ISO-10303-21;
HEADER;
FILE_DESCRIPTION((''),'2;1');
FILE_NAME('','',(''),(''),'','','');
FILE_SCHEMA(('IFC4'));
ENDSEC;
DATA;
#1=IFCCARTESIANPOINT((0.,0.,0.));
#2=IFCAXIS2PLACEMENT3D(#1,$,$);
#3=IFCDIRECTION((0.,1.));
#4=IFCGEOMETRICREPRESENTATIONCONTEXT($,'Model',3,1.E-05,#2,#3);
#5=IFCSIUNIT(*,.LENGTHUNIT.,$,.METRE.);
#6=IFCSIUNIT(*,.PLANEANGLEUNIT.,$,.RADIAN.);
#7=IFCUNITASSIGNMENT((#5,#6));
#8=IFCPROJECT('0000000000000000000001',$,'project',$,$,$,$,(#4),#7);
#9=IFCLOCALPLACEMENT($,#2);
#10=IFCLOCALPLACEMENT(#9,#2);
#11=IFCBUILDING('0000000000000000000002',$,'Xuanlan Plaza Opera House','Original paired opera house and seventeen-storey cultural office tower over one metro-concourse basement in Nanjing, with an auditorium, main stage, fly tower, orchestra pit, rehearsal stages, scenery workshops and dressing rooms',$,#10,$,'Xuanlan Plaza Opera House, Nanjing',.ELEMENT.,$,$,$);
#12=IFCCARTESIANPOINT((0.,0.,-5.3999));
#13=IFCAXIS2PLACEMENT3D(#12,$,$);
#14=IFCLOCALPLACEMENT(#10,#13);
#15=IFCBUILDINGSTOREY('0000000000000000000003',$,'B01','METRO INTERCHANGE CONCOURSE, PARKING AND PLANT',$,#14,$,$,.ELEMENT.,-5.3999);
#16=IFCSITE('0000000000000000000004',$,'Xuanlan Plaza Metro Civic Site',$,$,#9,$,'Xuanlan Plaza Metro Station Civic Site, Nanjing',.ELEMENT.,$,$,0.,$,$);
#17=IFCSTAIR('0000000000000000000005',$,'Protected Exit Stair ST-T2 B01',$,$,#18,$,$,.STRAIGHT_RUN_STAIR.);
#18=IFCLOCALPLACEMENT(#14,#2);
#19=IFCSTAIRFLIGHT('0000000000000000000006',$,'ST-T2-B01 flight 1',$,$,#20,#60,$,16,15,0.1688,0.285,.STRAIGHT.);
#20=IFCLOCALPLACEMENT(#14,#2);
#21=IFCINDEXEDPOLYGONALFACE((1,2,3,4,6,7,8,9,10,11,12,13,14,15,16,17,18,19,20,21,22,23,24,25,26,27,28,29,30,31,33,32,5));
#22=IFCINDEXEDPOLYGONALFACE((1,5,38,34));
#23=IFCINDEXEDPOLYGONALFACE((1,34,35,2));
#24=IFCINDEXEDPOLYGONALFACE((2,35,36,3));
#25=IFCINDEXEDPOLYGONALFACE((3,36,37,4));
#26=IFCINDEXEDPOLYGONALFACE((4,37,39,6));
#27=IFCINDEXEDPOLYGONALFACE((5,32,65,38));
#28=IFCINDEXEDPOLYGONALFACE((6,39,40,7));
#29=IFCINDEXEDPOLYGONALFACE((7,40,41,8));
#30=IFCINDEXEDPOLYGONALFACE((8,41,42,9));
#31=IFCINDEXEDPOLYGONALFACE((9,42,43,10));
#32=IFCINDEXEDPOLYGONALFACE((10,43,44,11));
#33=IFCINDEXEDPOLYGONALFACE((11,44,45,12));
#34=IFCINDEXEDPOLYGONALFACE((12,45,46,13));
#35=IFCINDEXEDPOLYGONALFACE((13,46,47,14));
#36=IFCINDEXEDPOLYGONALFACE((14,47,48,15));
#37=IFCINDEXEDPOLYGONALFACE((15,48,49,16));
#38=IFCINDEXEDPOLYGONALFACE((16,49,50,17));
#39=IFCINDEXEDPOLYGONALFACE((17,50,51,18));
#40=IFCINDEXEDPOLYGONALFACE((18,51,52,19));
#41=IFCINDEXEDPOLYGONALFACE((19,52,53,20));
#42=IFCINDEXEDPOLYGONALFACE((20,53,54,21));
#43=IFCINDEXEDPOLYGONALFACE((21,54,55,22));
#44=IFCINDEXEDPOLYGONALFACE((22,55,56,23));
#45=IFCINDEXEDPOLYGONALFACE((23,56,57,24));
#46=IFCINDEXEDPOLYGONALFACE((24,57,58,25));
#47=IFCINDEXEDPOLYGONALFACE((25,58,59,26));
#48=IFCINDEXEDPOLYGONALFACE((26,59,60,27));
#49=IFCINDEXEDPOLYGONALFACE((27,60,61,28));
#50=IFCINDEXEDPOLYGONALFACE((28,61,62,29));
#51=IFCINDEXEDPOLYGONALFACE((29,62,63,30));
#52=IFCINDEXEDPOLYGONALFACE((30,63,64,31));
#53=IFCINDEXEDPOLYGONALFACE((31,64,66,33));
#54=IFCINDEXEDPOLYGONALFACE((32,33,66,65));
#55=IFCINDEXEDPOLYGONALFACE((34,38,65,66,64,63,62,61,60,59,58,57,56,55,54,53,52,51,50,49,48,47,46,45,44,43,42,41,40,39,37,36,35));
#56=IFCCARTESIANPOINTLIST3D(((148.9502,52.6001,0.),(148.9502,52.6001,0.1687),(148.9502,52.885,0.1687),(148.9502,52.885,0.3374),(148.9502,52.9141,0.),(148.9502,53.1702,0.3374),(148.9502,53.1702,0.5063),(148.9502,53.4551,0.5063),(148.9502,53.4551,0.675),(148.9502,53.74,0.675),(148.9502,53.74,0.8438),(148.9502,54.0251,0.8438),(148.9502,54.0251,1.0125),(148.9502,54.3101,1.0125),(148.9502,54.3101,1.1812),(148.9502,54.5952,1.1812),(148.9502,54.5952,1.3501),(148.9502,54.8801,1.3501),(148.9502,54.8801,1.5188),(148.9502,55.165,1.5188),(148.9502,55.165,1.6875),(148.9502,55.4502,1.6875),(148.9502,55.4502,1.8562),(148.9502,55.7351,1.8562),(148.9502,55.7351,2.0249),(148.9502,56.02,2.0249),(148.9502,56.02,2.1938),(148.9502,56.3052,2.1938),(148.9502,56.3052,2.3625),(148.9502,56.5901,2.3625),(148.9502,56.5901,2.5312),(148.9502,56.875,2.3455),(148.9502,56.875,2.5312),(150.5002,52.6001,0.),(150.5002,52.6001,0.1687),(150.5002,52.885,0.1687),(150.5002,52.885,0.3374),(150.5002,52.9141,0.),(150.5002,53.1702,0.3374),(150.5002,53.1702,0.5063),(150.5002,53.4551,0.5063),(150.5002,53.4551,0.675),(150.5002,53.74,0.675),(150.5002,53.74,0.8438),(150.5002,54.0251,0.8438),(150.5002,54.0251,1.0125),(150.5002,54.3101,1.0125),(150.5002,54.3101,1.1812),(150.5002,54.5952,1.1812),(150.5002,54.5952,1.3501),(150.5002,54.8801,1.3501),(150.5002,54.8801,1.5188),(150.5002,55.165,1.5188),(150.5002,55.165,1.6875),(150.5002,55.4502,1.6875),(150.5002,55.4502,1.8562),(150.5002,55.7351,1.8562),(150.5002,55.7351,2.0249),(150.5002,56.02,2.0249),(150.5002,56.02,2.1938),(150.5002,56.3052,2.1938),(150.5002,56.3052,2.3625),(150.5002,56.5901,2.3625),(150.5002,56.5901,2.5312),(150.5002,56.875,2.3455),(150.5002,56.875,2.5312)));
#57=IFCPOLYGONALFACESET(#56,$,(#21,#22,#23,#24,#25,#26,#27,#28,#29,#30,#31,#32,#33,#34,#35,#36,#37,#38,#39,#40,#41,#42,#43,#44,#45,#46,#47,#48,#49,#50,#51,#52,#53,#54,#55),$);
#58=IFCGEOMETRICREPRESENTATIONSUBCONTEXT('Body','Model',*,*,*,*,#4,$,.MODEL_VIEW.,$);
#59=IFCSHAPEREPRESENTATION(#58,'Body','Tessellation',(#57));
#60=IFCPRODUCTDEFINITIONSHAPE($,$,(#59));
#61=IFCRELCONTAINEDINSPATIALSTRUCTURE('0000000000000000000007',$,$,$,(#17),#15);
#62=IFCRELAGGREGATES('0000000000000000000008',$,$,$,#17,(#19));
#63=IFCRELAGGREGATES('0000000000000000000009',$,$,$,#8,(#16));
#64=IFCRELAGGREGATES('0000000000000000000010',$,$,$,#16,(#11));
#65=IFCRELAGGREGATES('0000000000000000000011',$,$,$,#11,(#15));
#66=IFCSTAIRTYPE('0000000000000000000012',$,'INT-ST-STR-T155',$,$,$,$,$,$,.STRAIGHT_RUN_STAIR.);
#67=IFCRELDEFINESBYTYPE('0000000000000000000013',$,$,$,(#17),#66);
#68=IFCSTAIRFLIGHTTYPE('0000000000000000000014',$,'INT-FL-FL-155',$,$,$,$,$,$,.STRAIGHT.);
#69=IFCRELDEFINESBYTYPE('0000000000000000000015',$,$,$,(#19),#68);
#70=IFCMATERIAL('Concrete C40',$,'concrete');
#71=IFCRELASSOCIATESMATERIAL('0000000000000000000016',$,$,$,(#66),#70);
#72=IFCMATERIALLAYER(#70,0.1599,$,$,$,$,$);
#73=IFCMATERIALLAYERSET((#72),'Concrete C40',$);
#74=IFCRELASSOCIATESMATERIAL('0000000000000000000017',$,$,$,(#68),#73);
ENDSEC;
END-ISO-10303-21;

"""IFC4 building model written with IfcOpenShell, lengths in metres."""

from ifc_helpers import new_model, si_unit, direction, frame, origin, place, context, subcontext, project, spatial, polyline, outline, extrude, material, layer, layer_set, type_object, element, aggregate, save


model = new_model("IFC4")

# Units and contexts
model_context = context("Model", 3, precision=1e-05, world=origin(), true_north=direction((0.0, 1.0)))
body_context = subcontext(model_context, "Body", "Model", "MODEL_VIEW")
ifc_project = project(units=[si_unit("LENGTHUNIT", "METRE"), si_unit("PLANEANGLEUNIT", "RADIAN")], contexts=[model_context])

# Site, building, storey
site_placement = place(None, origin())
site = spatial("IfcSite", under=ifc_project, at=site_placement, Name="Xuanlan Plaza Metro Civic Site", LongName="Xuanlan Plaza Metro Station Civic Site, Nanjing", CompositionType="ELEMENT", RefElevation=0.0)
building_placement = place(site_placement, origin())
building = spatial("IfcBuilding", under=site, at=building_placement, Name="Xuanlan Plaza Opera House", Description="Original paired opera house and seventeen-storey cultural office tower over one metro-concourse basement in Nanjing, with an auditorium, main stage, fly tower, orchestra pit, rehearsal stages, scenery workshops and dressing rooms", LongName="Xuanlan Plaza Opera House, Nanjing", CompositionType="ELEMENT")
storey_placement = place(building_placement, frame((0.0, 0.0, -5.3999)))
storey = spatial("IfcBuildingStorey", under=building, at=storey_placement, Name="B01", Description="METRO INTERCHANGE CONCOURSE, PARKING AND PLANT", CompositionType="ELEMENT", Elevation=-5.3999)

# Shared definitions
ifc_material_1 = material(Name="Concrete C40", Category="concrete")

# Stair, stair flight
stair_type = type_object("IfcStairType", Name="INT-ST-STR-T155", PredefinedType="STRAIGHT_RUN_STAIR", material=ifc_material_1)
stair_placement = place(storey_placement, origin())
stair = element("IfcStair", 1, at=stair_placement, inside=storey, type_object=stair_type, Name="Protected Exit Stair ST-T2 B01", PredefinedType="STRAIGHT_RUN_STAIR")
ifc_layer_1 = layer(ifc_material_1, 0.1599)
ifc_layer_set_1 = layer_set([ifc_layer_1], Name="Concrete C40")
stair_flight_type = type_object("IfcStairFlightType", Name="INT-FL-FL-155", PredefinedType="STRAIGHT", material=ifc_layer_set_1)
stair_flight_placement = place(storey_placement, frame((149.7251, 52.6001, 0.0), z_axis=(0.0, 0.0, 1.0), x_axis=(0.0, 1.0, 0.0)))
stair_flight = element("IfcStairFlight", 2, at=stair_flight_placement, type_object=stair_flight_type, Name="ST-T2-B01 flight 1", NumberOfRisers=16, NumberOfTreads=15, PredefinedType="STRAIGHT", RiserHeight=0.1688, TreadLength=0.285, context=body_context, shape_type="SweptSolid", body=[
    extrude(outline(polyline([(0.0, 0.0), (0.0, 0.1687), (0.2849, 0.1687), (0.2849, 0.3374), (0.5701, 0.3374), (0.5701, 0.5063), (0.855, 0.5063), (0.855, 0.675), (1.1399, 0.675), (1.1399, 0.8438), (1.425, 0.8438), (1.425, 1.0125), (1.71, 1.0125), (1.71, 1.1812), (1.9951, 1.1812), (1.9951, 1.3501), (2.28, 1.3501), (2.28, 1.5188), (2.5649, 1.5188), (2.5649, 1.6875), (2.8501, 1.6875), (2.8501, 1.8562), (3.135, 1.8562), (3.135, 2.0249), (3.4199, 2.0249), (3.4199, 2.1938), (3.7051, 2.1938), (3.7051, 2.3625), (3.99, 2.3625), (3.99, 2.5312), (4.2749, 2.5312), (4.2749, 2.7), (4.2749, 2.3455), (0.314, 0.0), (0.0, 0.0)])), frame((0.0, 0.7749, 0.0), z_axis=(0.0, -1.0, 0.0), x_axis=(1.0, 0.0, 0.0)), (0.0, 0.0, 1.0), 1.55),
])
aggregate(stair, [stair_flight])

save(model, "model.ifc")
